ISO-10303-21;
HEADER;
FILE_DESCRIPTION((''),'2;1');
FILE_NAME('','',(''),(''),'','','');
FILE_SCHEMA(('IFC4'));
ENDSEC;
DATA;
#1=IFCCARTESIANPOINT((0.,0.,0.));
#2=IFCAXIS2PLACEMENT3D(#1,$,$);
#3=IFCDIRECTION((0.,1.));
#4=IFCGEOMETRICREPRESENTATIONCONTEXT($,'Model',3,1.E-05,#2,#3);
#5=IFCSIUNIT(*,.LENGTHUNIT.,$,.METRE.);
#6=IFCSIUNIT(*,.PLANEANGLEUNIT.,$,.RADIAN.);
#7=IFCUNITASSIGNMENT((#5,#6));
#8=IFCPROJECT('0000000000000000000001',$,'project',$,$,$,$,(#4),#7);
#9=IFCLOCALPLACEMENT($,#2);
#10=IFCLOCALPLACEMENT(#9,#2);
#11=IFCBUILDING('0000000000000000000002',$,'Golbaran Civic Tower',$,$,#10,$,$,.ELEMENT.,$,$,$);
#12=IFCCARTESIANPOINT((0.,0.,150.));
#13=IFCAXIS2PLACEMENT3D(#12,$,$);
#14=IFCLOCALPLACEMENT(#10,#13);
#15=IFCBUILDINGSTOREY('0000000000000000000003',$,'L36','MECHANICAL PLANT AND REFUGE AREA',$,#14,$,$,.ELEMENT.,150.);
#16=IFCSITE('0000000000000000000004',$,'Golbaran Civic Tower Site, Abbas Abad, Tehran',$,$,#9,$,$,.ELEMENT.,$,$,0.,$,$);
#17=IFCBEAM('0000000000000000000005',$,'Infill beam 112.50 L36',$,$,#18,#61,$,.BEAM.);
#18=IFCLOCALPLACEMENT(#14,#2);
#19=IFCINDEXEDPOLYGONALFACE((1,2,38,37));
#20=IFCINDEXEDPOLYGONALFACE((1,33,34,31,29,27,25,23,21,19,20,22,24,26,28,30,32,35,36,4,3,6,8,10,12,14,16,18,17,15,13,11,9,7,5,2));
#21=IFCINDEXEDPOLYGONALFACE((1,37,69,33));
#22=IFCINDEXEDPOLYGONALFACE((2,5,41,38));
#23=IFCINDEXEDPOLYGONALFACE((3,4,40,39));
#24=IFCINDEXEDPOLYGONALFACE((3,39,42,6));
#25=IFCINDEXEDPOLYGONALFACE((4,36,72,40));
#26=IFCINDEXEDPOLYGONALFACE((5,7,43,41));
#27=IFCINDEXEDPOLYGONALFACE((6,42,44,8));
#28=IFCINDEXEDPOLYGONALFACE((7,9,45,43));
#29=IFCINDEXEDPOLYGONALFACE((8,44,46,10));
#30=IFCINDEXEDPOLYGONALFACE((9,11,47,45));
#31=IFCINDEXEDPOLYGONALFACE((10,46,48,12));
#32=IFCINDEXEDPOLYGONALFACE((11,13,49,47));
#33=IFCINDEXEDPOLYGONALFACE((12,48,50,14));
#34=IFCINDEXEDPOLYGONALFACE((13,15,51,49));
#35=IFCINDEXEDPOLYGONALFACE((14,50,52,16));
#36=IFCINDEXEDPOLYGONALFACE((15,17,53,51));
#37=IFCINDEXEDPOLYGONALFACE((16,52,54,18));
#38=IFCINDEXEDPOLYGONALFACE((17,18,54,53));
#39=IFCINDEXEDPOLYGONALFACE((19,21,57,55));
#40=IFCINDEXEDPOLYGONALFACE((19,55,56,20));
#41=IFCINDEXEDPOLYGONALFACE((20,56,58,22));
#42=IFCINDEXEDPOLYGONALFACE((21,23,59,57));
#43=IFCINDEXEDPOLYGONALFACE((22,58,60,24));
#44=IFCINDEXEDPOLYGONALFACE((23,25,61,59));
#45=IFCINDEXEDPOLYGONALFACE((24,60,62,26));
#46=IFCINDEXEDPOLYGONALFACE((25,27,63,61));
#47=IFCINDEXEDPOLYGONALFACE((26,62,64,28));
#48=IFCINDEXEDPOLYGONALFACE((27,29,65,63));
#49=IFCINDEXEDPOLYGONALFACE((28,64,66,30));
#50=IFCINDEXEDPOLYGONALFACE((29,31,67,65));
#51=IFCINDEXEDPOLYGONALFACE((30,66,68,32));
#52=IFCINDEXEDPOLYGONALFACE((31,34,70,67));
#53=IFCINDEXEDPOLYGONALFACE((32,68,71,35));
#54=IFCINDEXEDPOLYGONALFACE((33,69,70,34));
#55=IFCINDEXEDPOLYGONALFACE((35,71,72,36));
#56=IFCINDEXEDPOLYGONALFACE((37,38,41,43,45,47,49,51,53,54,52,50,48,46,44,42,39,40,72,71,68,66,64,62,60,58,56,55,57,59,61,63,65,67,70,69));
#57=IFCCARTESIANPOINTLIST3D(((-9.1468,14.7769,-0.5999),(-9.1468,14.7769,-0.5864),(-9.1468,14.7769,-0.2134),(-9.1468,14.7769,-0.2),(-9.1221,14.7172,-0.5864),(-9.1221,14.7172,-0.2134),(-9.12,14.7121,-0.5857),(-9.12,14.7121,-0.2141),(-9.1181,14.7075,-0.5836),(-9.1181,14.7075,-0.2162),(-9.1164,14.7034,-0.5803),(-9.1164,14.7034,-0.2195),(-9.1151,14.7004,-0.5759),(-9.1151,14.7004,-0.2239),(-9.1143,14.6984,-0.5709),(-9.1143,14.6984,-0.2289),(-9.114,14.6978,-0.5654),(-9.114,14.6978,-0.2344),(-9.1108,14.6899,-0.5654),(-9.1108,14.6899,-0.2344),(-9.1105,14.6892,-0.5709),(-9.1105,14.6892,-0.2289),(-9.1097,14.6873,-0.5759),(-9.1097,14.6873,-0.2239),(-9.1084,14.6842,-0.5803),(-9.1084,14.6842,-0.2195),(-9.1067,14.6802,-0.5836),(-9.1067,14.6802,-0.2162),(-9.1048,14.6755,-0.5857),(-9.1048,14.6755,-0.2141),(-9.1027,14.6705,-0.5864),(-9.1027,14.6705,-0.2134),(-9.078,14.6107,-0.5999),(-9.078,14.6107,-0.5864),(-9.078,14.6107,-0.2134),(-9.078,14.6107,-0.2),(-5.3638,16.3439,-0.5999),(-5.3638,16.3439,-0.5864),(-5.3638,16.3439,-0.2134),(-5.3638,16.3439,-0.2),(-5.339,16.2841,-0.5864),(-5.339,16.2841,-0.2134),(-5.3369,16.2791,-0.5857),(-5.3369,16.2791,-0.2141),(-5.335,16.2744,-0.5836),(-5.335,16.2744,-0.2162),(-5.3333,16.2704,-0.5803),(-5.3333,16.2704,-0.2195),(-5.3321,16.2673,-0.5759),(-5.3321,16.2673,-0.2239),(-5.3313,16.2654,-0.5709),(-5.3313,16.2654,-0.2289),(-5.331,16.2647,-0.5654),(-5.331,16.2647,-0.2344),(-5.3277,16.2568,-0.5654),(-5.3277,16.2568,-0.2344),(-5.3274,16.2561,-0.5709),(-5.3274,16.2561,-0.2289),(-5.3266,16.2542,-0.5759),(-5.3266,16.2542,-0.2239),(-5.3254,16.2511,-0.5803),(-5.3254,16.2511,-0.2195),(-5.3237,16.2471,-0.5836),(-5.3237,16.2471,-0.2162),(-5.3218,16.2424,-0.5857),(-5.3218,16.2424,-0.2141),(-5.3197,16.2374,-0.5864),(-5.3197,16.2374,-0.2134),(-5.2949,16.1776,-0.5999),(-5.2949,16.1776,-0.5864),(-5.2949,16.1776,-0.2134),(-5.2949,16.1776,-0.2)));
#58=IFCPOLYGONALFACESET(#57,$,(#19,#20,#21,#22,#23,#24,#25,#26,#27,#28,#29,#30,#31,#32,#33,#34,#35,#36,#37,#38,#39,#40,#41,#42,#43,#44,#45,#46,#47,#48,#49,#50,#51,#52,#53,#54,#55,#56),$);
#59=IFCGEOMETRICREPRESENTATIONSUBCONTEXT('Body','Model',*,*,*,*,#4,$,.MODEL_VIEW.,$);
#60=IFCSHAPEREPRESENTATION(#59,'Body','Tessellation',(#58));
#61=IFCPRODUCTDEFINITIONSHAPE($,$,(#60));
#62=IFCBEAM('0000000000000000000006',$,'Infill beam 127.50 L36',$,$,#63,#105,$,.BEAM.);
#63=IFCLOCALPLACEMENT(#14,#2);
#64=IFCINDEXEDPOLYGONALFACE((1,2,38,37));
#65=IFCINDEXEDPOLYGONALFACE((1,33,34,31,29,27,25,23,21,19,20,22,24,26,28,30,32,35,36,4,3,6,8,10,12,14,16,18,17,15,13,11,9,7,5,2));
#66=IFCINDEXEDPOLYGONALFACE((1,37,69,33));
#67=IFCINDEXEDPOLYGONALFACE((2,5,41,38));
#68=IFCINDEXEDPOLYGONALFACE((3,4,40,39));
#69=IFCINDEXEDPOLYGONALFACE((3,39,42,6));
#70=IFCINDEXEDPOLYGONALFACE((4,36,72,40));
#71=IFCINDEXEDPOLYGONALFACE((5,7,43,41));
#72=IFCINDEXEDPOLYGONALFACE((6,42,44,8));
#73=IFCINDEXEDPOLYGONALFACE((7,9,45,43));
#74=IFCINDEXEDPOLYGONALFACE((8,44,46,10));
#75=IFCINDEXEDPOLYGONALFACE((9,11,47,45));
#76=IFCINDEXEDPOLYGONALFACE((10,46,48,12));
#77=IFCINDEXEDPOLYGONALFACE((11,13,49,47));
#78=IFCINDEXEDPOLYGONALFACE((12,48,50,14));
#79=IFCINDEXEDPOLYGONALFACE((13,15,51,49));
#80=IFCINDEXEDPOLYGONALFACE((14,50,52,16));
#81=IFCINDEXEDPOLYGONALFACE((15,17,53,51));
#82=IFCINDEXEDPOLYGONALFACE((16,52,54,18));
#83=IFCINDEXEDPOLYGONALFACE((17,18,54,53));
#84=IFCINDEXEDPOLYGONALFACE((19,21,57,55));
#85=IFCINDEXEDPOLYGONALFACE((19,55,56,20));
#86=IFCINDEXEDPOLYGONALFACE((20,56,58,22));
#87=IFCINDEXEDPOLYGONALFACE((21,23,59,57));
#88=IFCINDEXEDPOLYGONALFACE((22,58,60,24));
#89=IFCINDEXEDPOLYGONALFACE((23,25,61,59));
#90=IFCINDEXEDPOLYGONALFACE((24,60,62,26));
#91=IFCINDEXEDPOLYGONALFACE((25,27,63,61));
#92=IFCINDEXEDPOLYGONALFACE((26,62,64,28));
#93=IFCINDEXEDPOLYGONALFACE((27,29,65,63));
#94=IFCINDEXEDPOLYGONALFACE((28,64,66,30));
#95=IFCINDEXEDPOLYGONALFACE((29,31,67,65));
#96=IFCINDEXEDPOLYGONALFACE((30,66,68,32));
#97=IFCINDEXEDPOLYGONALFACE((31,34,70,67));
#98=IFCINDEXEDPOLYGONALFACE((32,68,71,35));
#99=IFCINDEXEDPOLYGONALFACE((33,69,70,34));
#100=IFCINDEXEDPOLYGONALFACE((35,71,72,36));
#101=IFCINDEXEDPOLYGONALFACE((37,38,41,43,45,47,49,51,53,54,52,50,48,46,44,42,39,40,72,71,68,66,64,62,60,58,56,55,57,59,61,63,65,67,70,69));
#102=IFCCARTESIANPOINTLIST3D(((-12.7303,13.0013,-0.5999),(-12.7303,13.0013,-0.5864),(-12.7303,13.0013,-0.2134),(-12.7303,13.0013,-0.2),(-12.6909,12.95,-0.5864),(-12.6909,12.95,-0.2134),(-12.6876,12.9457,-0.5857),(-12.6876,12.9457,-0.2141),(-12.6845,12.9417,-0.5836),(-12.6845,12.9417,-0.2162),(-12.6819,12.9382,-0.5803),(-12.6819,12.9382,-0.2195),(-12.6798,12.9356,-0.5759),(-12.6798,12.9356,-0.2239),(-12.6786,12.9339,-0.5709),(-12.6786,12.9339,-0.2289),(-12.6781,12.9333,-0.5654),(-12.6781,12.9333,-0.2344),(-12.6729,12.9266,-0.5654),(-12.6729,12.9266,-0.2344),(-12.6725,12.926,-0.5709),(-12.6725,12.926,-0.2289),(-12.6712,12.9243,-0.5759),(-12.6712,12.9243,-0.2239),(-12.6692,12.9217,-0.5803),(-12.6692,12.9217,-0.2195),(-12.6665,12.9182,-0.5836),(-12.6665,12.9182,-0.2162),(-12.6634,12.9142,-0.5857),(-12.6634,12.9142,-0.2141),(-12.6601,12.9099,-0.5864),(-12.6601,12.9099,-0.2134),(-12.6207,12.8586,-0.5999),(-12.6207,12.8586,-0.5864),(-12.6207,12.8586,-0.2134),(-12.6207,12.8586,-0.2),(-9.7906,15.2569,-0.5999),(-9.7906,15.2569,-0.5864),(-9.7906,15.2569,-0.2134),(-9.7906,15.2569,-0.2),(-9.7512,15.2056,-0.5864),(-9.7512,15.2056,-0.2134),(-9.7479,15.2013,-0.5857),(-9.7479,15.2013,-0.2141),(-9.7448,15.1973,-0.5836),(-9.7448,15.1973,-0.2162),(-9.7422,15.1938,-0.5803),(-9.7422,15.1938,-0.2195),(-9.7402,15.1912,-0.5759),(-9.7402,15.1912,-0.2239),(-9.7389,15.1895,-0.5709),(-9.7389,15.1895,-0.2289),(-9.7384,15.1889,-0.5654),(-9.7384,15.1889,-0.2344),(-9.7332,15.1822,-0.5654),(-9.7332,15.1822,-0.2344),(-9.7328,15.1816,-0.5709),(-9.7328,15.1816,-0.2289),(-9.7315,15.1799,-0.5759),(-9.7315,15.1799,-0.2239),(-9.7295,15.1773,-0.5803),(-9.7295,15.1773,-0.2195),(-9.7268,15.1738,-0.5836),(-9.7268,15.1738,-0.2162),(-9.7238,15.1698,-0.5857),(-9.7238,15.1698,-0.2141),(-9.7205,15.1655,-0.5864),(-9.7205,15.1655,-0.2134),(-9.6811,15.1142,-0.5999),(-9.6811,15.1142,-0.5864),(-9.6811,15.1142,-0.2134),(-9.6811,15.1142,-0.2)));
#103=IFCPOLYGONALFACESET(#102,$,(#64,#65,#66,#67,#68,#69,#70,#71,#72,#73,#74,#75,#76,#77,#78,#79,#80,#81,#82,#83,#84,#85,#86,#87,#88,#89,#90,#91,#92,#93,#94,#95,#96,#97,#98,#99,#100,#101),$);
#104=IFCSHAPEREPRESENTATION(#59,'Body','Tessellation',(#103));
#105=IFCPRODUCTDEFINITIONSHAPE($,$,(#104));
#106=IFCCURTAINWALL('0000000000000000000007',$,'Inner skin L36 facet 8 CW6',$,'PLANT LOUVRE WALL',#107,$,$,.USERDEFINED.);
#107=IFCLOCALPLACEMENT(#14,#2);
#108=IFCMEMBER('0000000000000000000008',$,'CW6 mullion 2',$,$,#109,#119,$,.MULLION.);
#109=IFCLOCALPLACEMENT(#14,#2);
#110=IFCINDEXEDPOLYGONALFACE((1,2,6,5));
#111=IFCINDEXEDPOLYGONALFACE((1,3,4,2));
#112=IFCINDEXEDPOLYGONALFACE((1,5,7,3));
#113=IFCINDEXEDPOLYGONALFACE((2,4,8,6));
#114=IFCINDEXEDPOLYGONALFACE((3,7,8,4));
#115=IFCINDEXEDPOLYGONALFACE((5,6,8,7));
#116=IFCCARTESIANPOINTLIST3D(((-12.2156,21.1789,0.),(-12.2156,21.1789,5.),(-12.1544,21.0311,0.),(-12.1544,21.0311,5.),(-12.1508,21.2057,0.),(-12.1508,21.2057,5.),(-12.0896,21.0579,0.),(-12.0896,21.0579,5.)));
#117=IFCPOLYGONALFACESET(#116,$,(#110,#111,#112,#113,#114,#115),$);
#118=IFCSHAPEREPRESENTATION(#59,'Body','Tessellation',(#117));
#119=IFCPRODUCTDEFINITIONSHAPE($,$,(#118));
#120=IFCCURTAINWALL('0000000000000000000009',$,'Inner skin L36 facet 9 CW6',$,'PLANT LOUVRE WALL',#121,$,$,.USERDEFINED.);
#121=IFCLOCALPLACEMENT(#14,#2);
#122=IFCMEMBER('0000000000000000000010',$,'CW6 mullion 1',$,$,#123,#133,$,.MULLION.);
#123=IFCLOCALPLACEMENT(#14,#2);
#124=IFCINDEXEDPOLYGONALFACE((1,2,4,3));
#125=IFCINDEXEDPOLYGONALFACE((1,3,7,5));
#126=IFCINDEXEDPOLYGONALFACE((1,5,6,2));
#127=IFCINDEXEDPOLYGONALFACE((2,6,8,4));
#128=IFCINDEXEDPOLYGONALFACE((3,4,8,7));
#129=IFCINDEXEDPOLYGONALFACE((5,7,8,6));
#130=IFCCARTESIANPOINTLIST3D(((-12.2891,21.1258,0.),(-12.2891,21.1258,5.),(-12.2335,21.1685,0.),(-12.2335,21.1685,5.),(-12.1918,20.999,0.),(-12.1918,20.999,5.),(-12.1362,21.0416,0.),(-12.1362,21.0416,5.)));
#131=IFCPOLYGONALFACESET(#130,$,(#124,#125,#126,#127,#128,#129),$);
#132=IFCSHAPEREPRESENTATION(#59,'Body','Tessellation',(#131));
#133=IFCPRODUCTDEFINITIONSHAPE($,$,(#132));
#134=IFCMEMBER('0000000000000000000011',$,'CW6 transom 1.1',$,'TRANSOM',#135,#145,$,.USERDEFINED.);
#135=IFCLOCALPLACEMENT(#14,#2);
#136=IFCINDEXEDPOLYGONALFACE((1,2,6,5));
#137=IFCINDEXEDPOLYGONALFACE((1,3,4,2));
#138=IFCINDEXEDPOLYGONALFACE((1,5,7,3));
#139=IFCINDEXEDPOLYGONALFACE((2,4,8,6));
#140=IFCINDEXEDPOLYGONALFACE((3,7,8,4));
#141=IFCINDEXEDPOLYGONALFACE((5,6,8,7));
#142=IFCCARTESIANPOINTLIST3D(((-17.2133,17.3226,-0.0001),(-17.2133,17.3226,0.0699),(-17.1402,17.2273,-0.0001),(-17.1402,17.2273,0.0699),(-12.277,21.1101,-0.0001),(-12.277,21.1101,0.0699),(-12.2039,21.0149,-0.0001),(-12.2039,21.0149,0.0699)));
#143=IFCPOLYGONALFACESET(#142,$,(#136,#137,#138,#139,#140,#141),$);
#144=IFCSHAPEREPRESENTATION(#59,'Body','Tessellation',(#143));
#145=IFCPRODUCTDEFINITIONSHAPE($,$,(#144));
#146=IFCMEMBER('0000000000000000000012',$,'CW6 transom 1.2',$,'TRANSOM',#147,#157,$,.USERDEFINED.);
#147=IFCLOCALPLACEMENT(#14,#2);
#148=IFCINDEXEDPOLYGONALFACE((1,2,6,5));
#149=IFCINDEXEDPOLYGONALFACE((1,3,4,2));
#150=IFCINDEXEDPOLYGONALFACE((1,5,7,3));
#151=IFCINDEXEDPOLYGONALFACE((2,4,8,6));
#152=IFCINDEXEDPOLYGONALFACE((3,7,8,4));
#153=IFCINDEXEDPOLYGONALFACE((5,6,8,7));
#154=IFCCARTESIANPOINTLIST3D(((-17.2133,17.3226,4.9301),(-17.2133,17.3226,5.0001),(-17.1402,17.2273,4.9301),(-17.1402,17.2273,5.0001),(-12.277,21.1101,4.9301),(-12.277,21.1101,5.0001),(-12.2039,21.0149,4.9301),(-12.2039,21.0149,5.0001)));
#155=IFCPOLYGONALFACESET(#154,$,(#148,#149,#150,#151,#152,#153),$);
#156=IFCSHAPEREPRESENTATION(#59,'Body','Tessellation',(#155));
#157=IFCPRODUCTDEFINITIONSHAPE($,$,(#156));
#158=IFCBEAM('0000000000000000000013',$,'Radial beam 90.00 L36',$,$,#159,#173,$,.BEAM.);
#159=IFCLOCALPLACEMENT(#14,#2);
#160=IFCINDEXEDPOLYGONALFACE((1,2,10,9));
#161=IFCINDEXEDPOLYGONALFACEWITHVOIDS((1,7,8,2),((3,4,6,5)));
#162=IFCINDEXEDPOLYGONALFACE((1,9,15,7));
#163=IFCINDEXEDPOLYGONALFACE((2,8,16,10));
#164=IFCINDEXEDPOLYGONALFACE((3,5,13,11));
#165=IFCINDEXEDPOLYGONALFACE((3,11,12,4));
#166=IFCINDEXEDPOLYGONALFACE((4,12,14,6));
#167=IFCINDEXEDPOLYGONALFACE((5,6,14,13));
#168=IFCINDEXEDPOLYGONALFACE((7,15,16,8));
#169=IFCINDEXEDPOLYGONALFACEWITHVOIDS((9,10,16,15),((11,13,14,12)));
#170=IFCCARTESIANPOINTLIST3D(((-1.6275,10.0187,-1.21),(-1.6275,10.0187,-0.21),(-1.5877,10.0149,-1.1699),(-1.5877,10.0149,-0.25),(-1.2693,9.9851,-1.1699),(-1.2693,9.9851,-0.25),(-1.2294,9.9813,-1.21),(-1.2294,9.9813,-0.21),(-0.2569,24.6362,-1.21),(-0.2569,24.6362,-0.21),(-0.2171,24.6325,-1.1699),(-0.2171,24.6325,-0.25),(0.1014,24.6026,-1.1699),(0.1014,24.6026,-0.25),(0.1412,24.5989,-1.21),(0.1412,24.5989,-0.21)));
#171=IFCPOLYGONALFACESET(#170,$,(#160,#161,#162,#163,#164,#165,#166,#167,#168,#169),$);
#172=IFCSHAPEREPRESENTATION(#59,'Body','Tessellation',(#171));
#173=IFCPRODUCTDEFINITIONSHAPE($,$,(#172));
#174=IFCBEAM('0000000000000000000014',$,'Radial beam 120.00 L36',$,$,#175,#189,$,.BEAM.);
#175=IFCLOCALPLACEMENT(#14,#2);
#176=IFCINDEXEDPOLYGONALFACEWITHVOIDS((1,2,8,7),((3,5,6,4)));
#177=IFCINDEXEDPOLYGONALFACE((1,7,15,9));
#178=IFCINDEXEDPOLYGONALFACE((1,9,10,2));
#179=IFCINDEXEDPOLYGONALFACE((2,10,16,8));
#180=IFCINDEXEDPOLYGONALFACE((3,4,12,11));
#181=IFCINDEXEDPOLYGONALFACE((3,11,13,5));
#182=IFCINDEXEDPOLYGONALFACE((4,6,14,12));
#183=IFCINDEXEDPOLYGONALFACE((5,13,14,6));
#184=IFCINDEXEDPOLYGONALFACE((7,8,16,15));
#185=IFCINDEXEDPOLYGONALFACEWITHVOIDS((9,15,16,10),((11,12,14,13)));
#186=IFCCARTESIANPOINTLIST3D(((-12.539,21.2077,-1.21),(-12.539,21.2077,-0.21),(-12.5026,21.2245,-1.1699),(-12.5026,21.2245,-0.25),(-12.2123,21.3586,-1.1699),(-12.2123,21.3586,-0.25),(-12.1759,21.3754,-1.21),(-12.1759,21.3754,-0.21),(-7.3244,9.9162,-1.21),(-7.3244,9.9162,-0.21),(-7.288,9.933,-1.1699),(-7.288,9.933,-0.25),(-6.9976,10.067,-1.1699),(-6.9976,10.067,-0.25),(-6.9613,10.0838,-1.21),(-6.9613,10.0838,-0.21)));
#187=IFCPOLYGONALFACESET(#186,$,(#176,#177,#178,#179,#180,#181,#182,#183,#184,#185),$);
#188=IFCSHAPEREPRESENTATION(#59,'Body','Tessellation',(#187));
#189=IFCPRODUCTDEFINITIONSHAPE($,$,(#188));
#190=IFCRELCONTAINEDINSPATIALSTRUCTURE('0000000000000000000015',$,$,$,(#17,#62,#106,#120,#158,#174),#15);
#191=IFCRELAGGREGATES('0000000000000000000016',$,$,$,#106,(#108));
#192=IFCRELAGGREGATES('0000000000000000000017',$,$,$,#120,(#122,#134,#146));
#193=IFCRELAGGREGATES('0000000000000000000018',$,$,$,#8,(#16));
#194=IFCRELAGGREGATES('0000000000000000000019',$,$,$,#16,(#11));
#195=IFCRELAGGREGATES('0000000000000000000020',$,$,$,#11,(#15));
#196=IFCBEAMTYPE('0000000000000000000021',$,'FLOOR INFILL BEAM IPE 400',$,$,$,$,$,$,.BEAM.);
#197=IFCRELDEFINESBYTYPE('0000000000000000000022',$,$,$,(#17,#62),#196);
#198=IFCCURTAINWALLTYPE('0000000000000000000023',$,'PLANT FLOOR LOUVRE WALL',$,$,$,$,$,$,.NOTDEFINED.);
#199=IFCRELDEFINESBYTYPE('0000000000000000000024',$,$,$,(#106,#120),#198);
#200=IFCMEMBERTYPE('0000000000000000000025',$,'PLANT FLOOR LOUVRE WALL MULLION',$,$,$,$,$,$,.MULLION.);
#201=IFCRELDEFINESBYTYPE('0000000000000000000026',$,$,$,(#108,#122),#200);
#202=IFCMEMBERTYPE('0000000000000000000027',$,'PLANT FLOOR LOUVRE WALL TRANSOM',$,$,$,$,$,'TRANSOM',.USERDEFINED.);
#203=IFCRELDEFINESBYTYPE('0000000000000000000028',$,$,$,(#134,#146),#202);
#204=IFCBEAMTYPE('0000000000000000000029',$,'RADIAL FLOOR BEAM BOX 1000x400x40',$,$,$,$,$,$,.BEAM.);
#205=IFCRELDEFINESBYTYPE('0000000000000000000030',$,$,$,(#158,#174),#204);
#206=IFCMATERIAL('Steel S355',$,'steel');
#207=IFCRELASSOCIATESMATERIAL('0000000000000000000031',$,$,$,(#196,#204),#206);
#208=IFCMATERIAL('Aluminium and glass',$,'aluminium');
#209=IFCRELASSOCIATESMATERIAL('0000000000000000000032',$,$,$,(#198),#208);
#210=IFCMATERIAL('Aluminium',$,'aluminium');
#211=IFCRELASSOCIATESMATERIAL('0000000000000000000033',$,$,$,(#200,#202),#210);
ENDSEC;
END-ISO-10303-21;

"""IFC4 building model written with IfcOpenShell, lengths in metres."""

from ifc_helpers import new_model, si_unit, direction, frame, origin, origin_2d, place, context, subcontext, project, spatial, rectangle, hollow_rectangle, i_section, extrude, material, material_profile, profile_set, type_object, element, aggregate, save


model = new_model("IFC4")

# Units and contexts
model_context = context("Model", 3, precision=1e-05, world=origin(), true_north=direction((0.0, 1.0)))
body_context = subcontext(model_context, "Body", "Model", "MODEL_VIEW")
ifc_project = project(units=[si_unit("LENGTHUNIT", "METRE"), si_unit("PLANEANGLEUNIT", "RADIAN")], contexts=[model_context])

# Site, building, storey
site_placement = place(None, origin())
site = spatial("IfcSite", under=ifc_project, at=site_placement, Name="Golbaran Civic Tower Site, Abbas Abad, Tehran", CompositionType="ELEMENT", RefElevation=0.0)
building_placement = place(site_placement, origin())
building = spatial("IfcBuilding", under=site, at=building_placement, Name="Golbaran Civic Tower", CompositionType="ELEMENT")
storey_placement = place(building_placement, frame((0.0, 0.0, 150.0)))
storey = spatial("IfcBuildingStorey", under=building, at=storey_placement, Name="L36", Description="MECHANICAL PLANT AND REFUGE AREA", CompositionType="ELEMENT", Elevation=150.0)

# Shared definitions
ifc_material_1 = material(Name="Steel S355", Category="steel")

# Beams
ifc_material_profile_1 = material_profile(ifc_material_1, i_section(OverallWidth=0.1799, OverallDepth=0.3999, WebThickness=0.0085, FlangeThickness=0.0134, FilletRadius=0.021, at=origin_2d()), Name="IPE 400")
ifc_profile_set_1 = profile_set([ifc_material_profile_1], Name="Steel S355")
beam_type_1 = type_object("IfcBeamType", Name="FLOOR INFILL BEAM IPE 400", PredefinedType="BEAM", material=ifc_profile_set_1)
beam_1_placement = place(storey_placement, frame((-5.3293, 16.2607, -0.3999), z_axis=(-0.923885, -0.382671, 0.0), x_axis=(0.382671, -0.923885, 0.0)))
element("IfcBeam", 1, at=beam_1_placement, inside=storey, type_object=beam_type_1, Name="Infill beam 112.50 L36", PredefinedType="BEAM", context=body_context, shape_type="SweptSolid", body=[
    extrude(i_section(OverallWidth=0.1799, OverallDepth=0.3999, WebThickness=0.0085, FlangeThickness=0.0134, FilletRadius=0.021, at=origin_2d()), origin(), (0.0, 0.0, 1.0), 4.0947),
])
beam_2_placement = place(storey_placement, frame((-9.7358, 15.1855, -0.3999), z_axis=(-0.793366, -0.608745, 0.0), x_axis=(0.608745, -0.793366, 0.0)))
element("IfcBeam", 2, at=beam_2_placement, inside=storey, type_object=beam_type_1, Name="Infill beam 127.50 L36", PredefinedType="BEAM", context=body_context, shape_type="SweptSolid", body=[
    extrude(i_section(OverallWidth=0.1799, OverallDepth=0.3999, WebThickness=0.0085, FlangeThickness=0.0134, FilletRadius=0.021, at=origin_2d()), origin(), (0.0, 0.0, 1.0), 3.7053),
])

# Curtain wall, member
ifc_material_2 = material(Name="Aluminium and glass", Category="aluminium")
curtain_wall_type = type_object("IfcCurtainWallType", Name="PLANT FLOOR LOUVRE WALL", PredefinedType="NOTDEFINED", material=ifc_material_2)
curtain_wall_1_placement = place(storey_placement, origin())
curtain_wall_1 = element("IfcCurtainWall", 3, at=curtain_wall_1_placement, inside=storey, type_object=curtain_wall_type, Name="Inner skin L36 facet 8 CW6", ObjectType="PLANT LOUVRE WALL", PredefinedType="USERDEFINED")
ifc_material_3 = material(Name="Aluminium", Category="aluminium")
ifc_material_profile_2 = material_profile(ifc_material_3, rectangle(XDim=0.1599, YDim=0.0701, at=origin_2d()), Name="PLANT FLOOR LOUVRE WALL MULLION")
ifc_profile_set_2 = profile_set([ifc_material_profile_2], Name="Aluminium")
member_type_1 = type_object("IfcMemberType", Name="PLANT FLOOR LOUVRE WALL MULLION", PredefinedType="MULLION", material=ifc_profile_set_2)
member_1_placement = place(storey_placement, frame((-12.1526, 21.1184, 0.0), z_axis=(0.0, 0.0, 1.0), x_axis=(0.382683, -0.92388, 0.0)))
member_1 = element("IfcMember", 4, at=member_1_placement, type_object=member_type_1, Name="CW6 mullion 2", PredefinedType="MULLION", context=body_context, shape_type="SweptSolid", body=[
    extrude(rectangle(XDim=0.1599, YDim=0.0701, at=origin_2d()), origin(), (0.0, 0.0, 1.0), 5.0),
])
aggregate(curtain_wall_1, [member_1])

# Curtain wall, members
curtain_wall_2_placement = place(storey_placement, origin())
curtain_wall_2 = element("IfcCurtainWall", 5, at=curtain_wall_2_placement, inside=storey, type_object=curtain_wall_type, Name="Inner skin L36 facet 9 CW6", ObjectType="PLANT LOUVRE WALL", PredefinedType="USERDEFINED")
member_2_placement = place(storey_placement, frame((-12.2126, 21.0837, 0.0), z_axis=(0.0, 0.0, 1.0), x_axis=(0.608761, -0.793353, 0.0)))
member_2 = element("IfcMember", 6, at=member_2_placement, type_object=member_type_1, Name="CW6 mullion 1", PredefinedType="MULLION", context=body_context, shape_type="SweptSolid", body=[
    extrude(rectangle(XDim=0.1599, YDim=0.0701, at=origin_2d()), origin(), (0.0, 0.0, 1.0), 5.0),
])
ifc_material_profile_3 = material_profile(ifc_material_3, rectangle(XDim=0.1201, YDim=0.0701, at=origin_2d()), Name="PLANT FLOOR LOUVRE WALL TRANSOM")
ifc_profile_set_3 = profile_set([ifc_material_profile_3], Name="Aluminium")
member_type_2 = type_object("IfcMemberType", Name="PLANT FLOOR LOUVRE WALL TRANSOM", ElementType="TRANSOM", PredefinedType="USERDEFINED", material=ifc_profile_set_3)
member_3_placement = place(storey_placement, frame((-12.2405, 21.0625, 0.0349), z_axis=(-0.793364, -0.608747, 0.0), x_axis=(0.608747, -0.793364, 0.0)))
member_3 = element("IfcMember", 7, at=member_3_placement, type_object=member_type_2, Name="CW6 transom 1.1", ObjectType="TRANSOM", PredefinedType="USERDEFINED", context=body_context, shape_type="SweptSolid", body=[
    extrude(rectangle(XDim=0.1201, YDim=0.0701, at=origin_2d()), origin(), (0.0, 0.0, 1.0), 6.2219),
])
member_4_placement = place(storey_placement, frame((-12.2405, 21.0625, 4.9651), z_axis=(-0.793364, -0.608747, 0.0), x_axis=(0.608747, -0.793364, 0.0)))
member_4 = element("IfcMember", 8, at=member_4_placement, type_object=member_type_2, Name="CW6 transom 1.2", ObjectType="TRANSOM", PredefinedType="USERDEFINED", context=body_context, shape_type="SweptSolid", body=[
    extrude(rectangle(XDim=0.1201, YDim=0.0701, at=origin_2d()), origin(), (0.0, 0.0, 1.0), 6.2219),
])
aggregate(curtain_wall_2, [member_2, member_3, member_4])

# Beams
ifc_material_profile_4 = material_profile(ifc_material_1, hollow_rectangle(XDim=0.3999, YDim=1.0, WallThickness=0.04, at=origin_2d()), Name="BOX 1000x400x40")
ifc_profile_set_4 = profile_set([ifc_material_profile_4], Name="Steel S355")
beam_type_2 = type_object("IfcBeamType", Name="RADIAL FLOOR BEAM BOX 1000x400x40", PredefinedType="BEAM", material=ifc_profile_set_4)
beam_3_placement = place(storey_placement, frame((-1.4285, 10.0, -0.71), z_axis=(0.093356, 0.995633, 0.0), x_axis=(-0.995633, 0.093356, 0.0)))
element("IfcBeam", 9, at=beam_3_placement, inside=storey, type_object=beam_type_2, Name="Radial beam 90.00 L36", PredefinedType="BEAM", context=body_context, shape_type="SweptSolid", body=[
    extrude(hollow_rectangle(XDim=0.3999, YDim=1.0, WallThickness=0.04, at=origin_2d()), origin(), (0.0, 0.0, 1.0), 14.6816),
])
beam_4_placement = place(storey_placement, frame((-7.1428, 10.0, -0.71), z_axis=(-0.419266, 0.907863, 0.0), x_axis=(-0.907863, -0.419266, 0.0)))
element("IfcBeam", 10, at=beam_4_placement, inside=storey, type_object=beam_type_2, Name="Radial beam 120.00 L36", PredefinedType="BEAM", context=body_context, shape_type="SweptSolid", body=[
    extrude(hollow_rectangle(XDim=0.3999, YDim=1.0, WallThickness=0.04, at=origin_2d()), origin(), (0.0, 0.0, 1.0), 12.4375),
])

save(model, "model.ifc")
